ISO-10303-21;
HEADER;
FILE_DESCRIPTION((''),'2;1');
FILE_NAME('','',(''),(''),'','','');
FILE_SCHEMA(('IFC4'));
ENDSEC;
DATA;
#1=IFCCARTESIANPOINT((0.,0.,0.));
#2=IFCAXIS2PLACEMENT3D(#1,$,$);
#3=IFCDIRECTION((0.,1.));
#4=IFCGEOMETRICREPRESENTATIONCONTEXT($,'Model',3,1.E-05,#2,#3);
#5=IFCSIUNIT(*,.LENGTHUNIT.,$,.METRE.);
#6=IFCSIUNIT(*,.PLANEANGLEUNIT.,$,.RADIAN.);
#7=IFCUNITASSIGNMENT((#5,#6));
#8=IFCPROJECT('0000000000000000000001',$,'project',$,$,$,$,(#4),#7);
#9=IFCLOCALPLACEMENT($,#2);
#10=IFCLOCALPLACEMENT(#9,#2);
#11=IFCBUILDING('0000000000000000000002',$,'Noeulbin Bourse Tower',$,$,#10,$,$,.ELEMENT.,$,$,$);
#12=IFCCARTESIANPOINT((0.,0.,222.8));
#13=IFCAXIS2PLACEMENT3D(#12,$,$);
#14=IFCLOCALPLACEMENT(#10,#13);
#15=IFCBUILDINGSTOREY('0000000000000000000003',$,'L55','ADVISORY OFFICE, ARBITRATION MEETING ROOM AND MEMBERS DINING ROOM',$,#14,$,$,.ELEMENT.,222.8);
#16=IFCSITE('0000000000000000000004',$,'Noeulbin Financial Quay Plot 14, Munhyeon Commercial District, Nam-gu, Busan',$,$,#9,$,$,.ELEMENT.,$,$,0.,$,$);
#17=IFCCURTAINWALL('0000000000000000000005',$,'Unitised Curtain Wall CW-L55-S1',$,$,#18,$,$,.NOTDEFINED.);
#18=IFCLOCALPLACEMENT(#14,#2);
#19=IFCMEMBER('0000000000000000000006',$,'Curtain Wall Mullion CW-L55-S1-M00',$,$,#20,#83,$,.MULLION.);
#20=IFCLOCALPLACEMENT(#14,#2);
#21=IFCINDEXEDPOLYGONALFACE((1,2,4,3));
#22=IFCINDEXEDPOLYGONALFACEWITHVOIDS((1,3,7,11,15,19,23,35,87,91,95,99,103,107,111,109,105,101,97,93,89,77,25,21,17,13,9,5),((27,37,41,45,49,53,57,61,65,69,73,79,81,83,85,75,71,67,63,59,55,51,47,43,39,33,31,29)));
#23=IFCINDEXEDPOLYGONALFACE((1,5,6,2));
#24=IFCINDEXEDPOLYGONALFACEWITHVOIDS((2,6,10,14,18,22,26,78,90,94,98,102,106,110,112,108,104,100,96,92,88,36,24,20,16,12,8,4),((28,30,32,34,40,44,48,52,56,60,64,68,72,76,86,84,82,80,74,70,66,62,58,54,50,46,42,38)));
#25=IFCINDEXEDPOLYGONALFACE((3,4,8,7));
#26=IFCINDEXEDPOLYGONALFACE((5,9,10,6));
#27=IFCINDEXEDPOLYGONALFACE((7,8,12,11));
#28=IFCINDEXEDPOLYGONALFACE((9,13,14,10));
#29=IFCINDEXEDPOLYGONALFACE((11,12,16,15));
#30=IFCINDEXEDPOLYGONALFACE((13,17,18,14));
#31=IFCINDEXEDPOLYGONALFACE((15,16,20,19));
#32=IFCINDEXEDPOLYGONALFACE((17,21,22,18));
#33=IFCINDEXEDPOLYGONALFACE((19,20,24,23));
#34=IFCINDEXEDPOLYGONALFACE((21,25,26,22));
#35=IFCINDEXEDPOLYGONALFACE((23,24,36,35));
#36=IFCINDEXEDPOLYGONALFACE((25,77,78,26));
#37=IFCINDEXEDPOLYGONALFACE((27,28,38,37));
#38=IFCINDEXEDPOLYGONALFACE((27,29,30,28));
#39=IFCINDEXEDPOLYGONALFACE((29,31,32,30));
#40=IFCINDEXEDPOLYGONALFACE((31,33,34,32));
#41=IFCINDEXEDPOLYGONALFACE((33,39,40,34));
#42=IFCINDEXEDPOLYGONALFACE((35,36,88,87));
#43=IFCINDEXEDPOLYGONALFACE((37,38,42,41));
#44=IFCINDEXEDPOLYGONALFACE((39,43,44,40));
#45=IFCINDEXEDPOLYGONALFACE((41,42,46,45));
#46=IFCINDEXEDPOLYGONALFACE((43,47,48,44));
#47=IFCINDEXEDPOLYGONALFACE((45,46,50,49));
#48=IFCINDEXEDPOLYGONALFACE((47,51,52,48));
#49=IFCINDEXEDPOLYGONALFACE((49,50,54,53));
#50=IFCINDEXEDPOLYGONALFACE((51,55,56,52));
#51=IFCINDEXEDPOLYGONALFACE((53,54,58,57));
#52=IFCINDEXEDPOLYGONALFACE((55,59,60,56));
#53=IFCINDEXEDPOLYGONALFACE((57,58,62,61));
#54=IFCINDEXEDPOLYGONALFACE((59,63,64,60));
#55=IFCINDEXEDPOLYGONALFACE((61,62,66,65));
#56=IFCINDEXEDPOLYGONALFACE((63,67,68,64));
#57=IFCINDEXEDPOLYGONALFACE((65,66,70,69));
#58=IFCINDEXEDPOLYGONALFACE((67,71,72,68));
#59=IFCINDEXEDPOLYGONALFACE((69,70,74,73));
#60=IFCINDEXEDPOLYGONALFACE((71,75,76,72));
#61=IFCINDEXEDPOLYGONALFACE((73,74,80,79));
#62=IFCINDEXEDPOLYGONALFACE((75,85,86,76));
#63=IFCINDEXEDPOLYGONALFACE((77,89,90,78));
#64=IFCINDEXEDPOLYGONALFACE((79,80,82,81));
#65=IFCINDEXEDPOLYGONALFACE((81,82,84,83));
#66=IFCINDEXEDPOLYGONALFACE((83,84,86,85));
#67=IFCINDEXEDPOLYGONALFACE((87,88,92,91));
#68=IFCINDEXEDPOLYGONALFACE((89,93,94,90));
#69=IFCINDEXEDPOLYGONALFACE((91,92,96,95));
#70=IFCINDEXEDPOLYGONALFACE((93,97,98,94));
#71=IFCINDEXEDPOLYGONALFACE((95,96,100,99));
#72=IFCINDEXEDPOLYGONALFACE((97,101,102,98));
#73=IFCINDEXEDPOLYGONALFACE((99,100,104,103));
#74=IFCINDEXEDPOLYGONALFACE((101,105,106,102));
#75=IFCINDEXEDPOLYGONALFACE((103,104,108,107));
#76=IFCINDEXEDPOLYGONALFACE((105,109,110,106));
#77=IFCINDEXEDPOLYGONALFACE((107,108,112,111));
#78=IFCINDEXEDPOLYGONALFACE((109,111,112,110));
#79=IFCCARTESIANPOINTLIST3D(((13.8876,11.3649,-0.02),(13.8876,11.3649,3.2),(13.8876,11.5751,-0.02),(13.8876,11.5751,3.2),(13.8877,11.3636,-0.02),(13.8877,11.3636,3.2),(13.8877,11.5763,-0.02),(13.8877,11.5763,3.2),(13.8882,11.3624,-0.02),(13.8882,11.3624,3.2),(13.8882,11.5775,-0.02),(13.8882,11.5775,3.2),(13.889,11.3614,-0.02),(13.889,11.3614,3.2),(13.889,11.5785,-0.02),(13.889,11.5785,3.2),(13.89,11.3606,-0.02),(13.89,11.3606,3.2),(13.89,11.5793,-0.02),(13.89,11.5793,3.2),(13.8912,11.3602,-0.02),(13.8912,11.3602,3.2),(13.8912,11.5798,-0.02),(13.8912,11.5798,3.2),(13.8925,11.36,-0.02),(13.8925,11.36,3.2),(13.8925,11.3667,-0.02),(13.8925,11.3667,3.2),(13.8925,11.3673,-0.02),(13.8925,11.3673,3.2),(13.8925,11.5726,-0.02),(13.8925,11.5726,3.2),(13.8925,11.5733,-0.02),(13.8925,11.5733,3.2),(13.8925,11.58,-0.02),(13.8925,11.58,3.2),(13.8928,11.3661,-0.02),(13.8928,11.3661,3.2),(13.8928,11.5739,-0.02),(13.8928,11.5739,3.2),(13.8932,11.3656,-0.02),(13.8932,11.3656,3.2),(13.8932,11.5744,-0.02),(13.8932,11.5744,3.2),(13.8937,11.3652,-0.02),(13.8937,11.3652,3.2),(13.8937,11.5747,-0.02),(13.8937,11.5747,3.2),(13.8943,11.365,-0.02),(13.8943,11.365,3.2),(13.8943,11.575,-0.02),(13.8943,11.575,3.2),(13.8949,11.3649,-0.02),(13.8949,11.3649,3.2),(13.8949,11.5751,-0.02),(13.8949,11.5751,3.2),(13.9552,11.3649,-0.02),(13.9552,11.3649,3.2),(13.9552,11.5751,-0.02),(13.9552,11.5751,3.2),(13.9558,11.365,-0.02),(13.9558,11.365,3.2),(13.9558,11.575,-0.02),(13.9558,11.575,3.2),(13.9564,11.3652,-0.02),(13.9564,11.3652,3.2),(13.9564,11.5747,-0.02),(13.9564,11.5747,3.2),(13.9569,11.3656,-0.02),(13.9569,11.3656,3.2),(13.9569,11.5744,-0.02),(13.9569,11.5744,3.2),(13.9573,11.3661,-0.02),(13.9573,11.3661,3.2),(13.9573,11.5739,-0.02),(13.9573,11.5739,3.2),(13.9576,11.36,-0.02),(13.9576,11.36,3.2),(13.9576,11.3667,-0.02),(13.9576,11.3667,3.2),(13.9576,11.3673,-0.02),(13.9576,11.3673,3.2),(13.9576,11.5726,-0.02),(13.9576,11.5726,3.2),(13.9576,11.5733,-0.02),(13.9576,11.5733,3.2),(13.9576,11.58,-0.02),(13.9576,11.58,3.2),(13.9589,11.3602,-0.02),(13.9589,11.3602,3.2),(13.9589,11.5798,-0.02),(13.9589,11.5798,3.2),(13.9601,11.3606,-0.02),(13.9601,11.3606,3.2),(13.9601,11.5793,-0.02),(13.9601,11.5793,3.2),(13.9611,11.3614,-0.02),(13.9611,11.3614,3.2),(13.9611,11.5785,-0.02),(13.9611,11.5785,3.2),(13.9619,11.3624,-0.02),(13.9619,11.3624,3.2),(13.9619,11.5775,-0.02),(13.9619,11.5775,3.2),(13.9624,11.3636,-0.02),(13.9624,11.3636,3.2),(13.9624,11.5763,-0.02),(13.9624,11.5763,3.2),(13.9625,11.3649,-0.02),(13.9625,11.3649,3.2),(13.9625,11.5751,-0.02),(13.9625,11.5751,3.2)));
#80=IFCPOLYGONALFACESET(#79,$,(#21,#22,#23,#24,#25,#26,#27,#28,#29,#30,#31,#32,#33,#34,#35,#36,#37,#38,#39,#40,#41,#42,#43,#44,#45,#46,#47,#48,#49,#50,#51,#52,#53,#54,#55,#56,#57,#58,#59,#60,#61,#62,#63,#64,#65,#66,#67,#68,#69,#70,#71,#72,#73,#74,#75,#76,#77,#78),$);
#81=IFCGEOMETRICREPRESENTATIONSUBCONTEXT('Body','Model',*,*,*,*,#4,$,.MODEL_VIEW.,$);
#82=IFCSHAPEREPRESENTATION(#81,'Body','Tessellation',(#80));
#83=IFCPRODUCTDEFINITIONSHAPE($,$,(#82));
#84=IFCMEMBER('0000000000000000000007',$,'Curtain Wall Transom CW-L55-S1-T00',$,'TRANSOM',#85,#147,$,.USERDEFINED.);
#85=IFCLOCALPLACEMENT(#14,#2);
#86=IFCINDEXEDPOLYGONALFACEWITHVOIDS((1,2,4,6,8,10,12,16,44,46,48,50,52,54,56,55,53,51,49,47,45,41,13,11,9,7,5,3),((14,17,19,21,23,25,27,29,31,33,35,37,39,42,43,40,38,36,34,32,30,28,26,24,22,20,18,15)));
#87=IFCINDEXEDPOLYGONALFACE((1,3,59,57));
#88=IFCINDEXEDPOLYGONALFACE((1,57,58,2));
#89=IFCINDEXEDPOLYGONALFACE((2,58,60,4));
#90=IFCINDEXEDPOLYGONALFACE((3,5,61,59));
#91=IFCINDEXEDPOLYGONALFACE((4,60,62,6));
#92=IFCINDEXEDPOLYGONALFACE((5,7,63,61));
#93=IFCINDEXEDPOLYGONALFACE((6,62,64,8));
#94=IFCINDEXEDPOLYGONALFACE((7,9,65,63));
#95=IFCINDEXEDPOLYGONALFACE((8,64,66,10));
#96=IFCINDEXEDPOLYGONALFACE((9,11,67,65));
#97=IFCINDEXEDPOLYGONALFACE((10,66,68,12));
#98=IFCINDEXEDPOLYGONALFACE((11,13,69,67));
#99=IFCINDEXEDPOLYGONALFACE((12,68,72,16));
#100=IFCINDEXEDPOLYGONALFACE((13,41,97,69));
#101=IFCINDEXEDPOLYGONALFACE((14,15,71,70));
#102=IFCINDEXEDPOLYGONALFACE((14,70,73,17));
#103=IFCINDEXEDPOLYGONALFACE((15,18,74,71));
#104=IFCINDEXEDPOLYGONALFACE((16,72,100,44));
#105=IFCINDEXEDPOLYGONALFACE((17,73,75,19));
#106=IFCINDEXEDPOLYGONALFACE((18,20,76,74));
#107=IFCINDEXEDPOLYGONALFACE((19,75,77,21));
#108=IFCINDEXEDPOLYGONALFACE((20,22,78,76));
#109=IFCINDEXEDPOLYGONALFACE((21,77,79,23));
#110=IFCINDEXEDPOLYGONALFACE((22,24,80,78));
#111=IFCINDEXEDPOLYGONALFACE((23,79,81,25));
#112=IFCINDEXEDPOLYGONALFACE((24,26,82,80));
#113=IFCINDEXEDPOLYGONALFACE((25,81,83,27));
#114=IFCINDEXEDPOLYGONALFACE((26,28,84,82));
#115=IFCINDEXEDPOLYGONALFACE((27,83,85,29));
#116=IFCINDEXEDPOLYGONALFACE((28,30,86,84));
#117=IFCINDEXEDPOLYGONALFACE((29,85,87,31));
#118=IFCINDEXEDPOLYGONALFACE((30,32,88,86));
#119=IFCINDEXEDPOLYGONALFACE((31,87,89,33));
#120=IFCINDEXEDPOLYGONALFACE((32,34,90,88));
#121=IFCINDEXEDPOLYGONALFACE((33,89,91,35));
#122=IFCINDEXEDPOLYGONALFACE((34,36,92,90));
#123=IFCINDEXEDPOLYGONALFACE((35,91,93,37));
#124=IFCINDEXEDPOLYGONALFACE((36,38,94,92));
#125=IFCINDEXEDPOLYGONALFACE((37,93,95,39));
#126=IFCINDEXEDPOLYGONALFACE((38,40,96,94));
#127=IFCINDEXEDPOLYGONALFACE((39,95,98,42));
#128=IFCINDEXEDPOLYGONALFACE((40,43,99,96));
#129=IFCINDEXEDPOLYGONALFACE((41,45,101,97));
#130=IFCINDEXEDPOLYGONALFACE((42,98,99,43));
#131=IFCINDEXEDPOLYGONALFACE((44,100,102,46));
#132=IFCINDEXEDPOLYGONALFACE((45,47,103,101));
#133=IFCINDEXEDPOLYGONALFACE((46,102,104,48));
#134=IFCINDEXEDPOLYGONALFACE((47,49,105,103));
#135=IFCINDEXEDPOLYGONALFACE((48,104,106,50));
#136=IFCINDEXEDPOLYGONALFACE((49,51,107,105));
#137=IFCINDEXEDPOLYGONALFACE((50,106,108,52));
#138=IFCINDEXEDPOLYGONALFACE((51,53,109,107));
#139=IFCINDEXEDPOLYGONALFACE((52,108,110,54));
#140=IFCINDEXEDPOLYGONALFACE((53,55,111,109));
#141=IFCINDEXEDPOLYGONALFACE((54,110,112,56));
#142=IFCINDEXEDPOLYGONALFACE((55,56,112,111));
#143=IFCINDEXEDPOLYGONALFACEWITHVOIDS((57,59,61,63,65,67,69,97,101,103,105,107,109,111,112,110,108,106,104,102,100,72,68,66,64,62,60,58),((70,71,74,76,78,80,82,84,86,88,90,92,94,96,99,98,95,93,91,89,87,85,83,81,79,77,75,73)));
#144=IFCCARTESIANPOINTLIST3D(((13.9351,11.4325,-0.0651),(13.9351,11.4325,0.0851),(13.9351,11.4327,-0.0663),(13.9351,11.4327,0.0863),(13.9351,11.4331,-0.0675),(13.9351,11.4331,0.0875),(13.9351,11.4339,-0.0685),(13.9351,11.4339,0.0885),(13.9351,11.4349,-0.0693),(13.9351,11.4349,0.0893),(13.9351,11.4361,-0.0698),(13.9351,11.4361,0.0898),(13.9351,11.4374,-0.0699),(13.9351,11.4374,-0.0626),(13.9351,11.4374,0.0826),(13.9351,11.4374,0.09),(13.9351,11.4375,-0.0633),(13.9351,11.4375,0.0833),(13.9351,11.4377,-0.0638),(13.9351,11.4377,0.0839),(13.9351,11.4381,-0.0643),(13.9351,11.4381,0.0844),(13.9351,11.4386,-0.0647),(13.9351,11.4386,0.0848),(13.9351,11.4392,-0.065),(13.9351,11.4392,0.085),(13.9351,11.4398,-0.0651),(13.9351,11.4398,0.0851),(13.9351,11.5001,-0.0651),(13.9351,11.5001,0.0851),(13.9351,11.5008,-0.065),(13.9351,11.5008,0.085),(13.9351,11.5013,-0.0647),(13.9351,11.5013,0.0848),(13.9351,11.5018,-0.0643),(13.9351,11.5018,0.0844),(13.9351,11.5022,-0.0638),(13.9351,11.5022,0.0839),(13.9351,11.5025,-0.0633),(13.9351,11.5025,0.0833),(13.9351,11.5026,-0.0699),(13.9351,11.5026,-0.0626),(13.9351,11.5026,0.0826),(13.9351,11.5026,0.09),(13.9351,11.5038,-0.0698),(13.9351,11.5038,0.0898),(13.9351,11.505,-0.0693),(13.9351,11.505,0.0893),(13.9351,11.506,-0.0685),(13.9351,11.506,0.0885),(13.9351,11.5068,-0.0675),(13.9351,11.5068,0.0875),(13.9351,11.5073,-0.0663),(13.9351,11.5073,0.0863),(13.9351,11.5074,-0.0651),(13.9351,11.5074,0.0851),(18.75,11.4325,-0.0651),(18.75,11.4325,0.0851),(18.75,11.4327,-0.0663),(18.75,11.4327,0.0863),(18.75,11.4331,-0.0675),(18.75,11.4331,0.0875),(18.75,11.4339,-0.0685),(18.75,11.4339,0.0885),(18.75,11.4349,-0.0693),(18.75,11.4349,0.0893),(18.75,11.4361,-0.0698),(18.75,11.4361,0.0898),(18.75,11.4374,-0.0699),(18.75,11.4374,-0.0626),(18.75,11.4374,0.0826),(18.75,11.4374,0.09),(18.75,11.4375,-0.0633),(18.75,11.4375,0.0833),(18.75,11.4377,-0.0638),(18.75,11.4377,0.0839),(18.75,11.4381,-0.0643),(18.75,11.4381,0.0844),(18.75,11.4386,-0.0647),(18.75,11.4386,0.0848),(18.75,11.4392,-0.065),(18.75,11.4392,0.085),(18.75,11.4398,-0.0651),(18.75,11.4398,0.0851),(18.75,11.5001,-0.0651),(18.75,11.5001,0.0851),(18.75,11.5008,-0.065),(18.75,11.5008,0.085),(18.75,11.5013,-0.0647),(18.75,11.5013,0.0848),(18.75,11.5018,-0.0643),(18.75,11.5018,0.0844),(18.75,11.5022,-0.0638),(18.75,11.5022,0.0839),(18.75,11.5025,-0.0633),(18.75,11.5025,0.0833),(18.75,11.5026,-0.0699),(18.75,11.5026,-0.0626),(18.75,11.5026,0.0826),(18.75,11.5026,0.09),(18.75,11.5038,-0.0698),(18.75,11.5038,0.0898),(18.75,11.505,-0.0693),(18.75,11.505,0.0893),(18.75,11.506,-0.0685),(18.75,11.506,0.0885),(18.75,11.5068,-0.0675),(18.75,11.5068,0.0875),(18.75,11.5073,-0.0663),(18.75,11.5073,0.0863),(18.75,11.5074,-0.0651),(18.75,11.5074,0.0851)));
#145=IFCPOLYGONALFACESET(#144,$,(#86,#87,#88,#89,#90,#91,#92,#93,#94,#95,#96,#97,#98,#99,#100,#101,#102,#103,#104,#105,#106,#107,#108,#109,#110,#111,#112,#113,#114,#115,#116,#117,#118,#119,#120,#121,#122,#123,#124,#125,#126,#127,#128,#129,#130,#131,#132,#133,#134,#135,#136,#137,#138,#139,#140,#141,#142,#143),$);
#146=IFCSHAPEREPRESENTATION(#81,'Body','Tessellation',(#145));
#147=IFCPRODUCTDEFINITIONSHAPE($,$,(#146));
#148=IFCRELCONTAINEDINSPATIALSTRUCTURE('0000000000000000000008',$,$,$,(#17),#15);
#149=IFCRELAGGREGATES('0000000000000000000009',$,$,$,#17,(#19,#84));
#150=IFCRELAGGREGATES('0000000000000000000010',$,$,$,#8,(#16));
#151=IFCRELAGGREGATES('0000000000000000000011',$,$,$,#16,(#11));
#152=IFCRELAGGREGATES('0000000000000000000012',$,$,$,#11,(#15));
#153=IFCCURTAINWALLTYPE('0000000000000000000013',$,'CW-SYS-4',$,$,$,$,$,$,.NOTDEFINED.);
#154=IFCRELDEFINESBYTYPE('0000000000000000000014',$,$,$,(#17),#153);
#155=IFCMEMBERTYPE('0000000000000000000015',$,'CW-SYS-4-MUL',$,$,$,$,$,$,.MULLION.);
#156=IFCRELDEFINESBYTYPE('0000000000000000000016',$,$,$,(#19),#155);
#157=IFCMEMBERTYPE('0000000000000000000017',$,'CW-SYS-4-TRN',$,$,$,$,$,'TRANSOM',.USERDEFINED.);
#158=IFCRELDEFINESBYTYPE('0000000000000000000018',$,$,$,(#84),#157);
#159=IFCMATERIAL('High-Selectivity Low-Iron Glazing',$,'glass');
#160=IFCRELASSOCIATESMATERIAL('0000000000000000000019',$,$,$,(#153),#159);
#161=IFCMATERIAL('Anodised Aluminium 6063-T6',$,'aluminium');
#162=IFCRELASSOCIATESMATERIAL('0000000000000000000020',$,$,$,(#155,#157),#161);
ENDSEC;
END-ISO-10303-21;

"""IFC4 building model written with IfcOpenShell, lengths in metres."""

from ifc_helpers import new_model, si_unit, direction, frame, origin, origin_2d, place, context, subcontext, project, spatial, hollow_rectangle, extrude, material, material_profile, profile_set, type_object, element, aggregate, save


model = new_model("IFC4")

# Units and contexts
model_context = context("Model", 3, precision=1e-05, world=origin(), true_north=direction((0.0, 1.0)))
body_context = subcontext(model_context, "Body", "Model", "MODEL_VIEW")
ifc_project = project(units=[si_unit("LENGTHUNIT", "METRE"), si_unit("PLANEANGLEUNIT", "RADIAN")], contexts=[model_context])

# Site, building, storey
site_placement = place(None, origin())
site = spatial("IfcSite", under=ifc_project, at=site_placement, Name="Noeulbin Financial Quay Plot 14, Munhyeon Commercial District, Nam-gu, Busan", CompositionType="ELEMENT", RefElevation=0.0)
building_placement = place(site_placement, origin())
building = spatial("IfcBuilding", under=site, at=building_placement, Name="Noeulbin Bourse Tower", CompositionType="ELEMENT")
storey_placement = place(building_placement, frame((0.0, 0.0, 222.8)))
storey = spatial("IfcBuildingStorey", under=building, at=storey_placement, Name="L55", Description="ADVISORY OFFICE, ARBITRATION MEETING ROOM AND MEMBERS DINING ROOM", CompositionType="ELEMENT", Elevation=222.8)

# Curtain wall, members
ifc_material_1 = material(Name="High-Selectivity Low-Iron Glazing", Category="glass")
curtain_wall_type = type_object("IfcCurtainWallType", Name="CW-SYS-4", PredefinedType="NOTDEFINED", material=ifc_material_1)
curtain_wall_placement = place(storey_placement, origin())
curtain_wall = element("IfcCurtainWall", 1, at=curtain_wall_placement, inside=storey, type_object=curtain_wall_type, Name="Unitised Curtain Wall CW-L55-S1", PredefinedType="NOTDEFINED")
ifc_material_2 = material(Name="Anodised Aluminium 6063-T6", Category="aluminium")
ifc_material_profile_1 = material_profile(ifc_material_2, hollow_rectangle(XDim=0.075, YDim=0.22, WallThickness=0.0049, InnerFilletRadius=0.0024, OuterFilletRadius=0.0049, at=origin_2d()), Name="ALU-MULL-75x220x5", Category="LoadBearing")
ifc_profile_set_1 = profile_set([ifc_material_profile_1], Name="Anodised Aluminium 6063-T6")
member_type_1 = type_object("IfcMemberType", Name="CW-SYS-4-MUL", PredefinedType="MULLION", material=ifc_profile_set_1)
member_1_placement = place(storey_placement, frame((13.925, 11.47, -0.02), z_axis=(0.0, 0.0, 1.0), x_axis=(1.0, 0.0, 0.0)))
member_1 = element("IfcMember", 2, at=member_1_placement, type_object=member_type_1, Name="Curtain Wall Mullion CW-L55-S1-M00", PredefinedType="MULLION", context=body_context, shape_type="SweptSolid", body=[
    extrude(hollow_rectangle(XDim=0.075, YDim=0.22, WallThickness=0.0049, InnerFilletRadius=0.0024, OuterFilletRadius=0.0049, at=origin_2d()), origin(), (0.0, 0.0, 1.0), 3.22),
])
ifc_material_profile_2 = material_profile(ifc_material_2, hollow_rectangle(XDim=0.075, YDim=0.1599, WallThickness=0.0049, InnerFilletRadius=0.0024, OuterFilletRadius=0.0049, at=origin_2d()), Name="ALU-TRAN-75x160x5", Category="LoadBearing")
ifc_profile_set_2 = profile_set([ifc_material_profile_2], Name="Anodised Aluminium 6063-T6")
member_type_2 = type_object("IfcMemberType", Name="CW-SYS-4-TRN", ElementType="TRANSOM", PredefinedType="USERDEFINED", material=ifc_profile_set_2)
member_2_placement = place(storey_placement, frame((13.9351, 11.47, 0.01), z_axis=(1.0, 0.0, 0.0), x_axis=(0.0, 1.0, 0.0)))
member_2 = element("IfcMember", 3, at=member_2_placement, type_object=member_type_2, Name="Curtain Wall Transom CW-L55-S1-T00", ObjectType="TRANSOM", PredefinedType="USERDEFINED", context=body_context, shape_type="SweptSolid", body=[
    extrude(hollow_rectangle(XDim=0.075, YDim=0.1599, WallThickness=0.0049, InnerFilletRadius=0.0024, OuterFilletRadius=0.0049, at=origin_2d()), origin(), (0.0, 0.0, 1.0), 4.8149),
])
aggregate(curtain_wall, [member_1, member_2])

save(model, "model.ifc")
